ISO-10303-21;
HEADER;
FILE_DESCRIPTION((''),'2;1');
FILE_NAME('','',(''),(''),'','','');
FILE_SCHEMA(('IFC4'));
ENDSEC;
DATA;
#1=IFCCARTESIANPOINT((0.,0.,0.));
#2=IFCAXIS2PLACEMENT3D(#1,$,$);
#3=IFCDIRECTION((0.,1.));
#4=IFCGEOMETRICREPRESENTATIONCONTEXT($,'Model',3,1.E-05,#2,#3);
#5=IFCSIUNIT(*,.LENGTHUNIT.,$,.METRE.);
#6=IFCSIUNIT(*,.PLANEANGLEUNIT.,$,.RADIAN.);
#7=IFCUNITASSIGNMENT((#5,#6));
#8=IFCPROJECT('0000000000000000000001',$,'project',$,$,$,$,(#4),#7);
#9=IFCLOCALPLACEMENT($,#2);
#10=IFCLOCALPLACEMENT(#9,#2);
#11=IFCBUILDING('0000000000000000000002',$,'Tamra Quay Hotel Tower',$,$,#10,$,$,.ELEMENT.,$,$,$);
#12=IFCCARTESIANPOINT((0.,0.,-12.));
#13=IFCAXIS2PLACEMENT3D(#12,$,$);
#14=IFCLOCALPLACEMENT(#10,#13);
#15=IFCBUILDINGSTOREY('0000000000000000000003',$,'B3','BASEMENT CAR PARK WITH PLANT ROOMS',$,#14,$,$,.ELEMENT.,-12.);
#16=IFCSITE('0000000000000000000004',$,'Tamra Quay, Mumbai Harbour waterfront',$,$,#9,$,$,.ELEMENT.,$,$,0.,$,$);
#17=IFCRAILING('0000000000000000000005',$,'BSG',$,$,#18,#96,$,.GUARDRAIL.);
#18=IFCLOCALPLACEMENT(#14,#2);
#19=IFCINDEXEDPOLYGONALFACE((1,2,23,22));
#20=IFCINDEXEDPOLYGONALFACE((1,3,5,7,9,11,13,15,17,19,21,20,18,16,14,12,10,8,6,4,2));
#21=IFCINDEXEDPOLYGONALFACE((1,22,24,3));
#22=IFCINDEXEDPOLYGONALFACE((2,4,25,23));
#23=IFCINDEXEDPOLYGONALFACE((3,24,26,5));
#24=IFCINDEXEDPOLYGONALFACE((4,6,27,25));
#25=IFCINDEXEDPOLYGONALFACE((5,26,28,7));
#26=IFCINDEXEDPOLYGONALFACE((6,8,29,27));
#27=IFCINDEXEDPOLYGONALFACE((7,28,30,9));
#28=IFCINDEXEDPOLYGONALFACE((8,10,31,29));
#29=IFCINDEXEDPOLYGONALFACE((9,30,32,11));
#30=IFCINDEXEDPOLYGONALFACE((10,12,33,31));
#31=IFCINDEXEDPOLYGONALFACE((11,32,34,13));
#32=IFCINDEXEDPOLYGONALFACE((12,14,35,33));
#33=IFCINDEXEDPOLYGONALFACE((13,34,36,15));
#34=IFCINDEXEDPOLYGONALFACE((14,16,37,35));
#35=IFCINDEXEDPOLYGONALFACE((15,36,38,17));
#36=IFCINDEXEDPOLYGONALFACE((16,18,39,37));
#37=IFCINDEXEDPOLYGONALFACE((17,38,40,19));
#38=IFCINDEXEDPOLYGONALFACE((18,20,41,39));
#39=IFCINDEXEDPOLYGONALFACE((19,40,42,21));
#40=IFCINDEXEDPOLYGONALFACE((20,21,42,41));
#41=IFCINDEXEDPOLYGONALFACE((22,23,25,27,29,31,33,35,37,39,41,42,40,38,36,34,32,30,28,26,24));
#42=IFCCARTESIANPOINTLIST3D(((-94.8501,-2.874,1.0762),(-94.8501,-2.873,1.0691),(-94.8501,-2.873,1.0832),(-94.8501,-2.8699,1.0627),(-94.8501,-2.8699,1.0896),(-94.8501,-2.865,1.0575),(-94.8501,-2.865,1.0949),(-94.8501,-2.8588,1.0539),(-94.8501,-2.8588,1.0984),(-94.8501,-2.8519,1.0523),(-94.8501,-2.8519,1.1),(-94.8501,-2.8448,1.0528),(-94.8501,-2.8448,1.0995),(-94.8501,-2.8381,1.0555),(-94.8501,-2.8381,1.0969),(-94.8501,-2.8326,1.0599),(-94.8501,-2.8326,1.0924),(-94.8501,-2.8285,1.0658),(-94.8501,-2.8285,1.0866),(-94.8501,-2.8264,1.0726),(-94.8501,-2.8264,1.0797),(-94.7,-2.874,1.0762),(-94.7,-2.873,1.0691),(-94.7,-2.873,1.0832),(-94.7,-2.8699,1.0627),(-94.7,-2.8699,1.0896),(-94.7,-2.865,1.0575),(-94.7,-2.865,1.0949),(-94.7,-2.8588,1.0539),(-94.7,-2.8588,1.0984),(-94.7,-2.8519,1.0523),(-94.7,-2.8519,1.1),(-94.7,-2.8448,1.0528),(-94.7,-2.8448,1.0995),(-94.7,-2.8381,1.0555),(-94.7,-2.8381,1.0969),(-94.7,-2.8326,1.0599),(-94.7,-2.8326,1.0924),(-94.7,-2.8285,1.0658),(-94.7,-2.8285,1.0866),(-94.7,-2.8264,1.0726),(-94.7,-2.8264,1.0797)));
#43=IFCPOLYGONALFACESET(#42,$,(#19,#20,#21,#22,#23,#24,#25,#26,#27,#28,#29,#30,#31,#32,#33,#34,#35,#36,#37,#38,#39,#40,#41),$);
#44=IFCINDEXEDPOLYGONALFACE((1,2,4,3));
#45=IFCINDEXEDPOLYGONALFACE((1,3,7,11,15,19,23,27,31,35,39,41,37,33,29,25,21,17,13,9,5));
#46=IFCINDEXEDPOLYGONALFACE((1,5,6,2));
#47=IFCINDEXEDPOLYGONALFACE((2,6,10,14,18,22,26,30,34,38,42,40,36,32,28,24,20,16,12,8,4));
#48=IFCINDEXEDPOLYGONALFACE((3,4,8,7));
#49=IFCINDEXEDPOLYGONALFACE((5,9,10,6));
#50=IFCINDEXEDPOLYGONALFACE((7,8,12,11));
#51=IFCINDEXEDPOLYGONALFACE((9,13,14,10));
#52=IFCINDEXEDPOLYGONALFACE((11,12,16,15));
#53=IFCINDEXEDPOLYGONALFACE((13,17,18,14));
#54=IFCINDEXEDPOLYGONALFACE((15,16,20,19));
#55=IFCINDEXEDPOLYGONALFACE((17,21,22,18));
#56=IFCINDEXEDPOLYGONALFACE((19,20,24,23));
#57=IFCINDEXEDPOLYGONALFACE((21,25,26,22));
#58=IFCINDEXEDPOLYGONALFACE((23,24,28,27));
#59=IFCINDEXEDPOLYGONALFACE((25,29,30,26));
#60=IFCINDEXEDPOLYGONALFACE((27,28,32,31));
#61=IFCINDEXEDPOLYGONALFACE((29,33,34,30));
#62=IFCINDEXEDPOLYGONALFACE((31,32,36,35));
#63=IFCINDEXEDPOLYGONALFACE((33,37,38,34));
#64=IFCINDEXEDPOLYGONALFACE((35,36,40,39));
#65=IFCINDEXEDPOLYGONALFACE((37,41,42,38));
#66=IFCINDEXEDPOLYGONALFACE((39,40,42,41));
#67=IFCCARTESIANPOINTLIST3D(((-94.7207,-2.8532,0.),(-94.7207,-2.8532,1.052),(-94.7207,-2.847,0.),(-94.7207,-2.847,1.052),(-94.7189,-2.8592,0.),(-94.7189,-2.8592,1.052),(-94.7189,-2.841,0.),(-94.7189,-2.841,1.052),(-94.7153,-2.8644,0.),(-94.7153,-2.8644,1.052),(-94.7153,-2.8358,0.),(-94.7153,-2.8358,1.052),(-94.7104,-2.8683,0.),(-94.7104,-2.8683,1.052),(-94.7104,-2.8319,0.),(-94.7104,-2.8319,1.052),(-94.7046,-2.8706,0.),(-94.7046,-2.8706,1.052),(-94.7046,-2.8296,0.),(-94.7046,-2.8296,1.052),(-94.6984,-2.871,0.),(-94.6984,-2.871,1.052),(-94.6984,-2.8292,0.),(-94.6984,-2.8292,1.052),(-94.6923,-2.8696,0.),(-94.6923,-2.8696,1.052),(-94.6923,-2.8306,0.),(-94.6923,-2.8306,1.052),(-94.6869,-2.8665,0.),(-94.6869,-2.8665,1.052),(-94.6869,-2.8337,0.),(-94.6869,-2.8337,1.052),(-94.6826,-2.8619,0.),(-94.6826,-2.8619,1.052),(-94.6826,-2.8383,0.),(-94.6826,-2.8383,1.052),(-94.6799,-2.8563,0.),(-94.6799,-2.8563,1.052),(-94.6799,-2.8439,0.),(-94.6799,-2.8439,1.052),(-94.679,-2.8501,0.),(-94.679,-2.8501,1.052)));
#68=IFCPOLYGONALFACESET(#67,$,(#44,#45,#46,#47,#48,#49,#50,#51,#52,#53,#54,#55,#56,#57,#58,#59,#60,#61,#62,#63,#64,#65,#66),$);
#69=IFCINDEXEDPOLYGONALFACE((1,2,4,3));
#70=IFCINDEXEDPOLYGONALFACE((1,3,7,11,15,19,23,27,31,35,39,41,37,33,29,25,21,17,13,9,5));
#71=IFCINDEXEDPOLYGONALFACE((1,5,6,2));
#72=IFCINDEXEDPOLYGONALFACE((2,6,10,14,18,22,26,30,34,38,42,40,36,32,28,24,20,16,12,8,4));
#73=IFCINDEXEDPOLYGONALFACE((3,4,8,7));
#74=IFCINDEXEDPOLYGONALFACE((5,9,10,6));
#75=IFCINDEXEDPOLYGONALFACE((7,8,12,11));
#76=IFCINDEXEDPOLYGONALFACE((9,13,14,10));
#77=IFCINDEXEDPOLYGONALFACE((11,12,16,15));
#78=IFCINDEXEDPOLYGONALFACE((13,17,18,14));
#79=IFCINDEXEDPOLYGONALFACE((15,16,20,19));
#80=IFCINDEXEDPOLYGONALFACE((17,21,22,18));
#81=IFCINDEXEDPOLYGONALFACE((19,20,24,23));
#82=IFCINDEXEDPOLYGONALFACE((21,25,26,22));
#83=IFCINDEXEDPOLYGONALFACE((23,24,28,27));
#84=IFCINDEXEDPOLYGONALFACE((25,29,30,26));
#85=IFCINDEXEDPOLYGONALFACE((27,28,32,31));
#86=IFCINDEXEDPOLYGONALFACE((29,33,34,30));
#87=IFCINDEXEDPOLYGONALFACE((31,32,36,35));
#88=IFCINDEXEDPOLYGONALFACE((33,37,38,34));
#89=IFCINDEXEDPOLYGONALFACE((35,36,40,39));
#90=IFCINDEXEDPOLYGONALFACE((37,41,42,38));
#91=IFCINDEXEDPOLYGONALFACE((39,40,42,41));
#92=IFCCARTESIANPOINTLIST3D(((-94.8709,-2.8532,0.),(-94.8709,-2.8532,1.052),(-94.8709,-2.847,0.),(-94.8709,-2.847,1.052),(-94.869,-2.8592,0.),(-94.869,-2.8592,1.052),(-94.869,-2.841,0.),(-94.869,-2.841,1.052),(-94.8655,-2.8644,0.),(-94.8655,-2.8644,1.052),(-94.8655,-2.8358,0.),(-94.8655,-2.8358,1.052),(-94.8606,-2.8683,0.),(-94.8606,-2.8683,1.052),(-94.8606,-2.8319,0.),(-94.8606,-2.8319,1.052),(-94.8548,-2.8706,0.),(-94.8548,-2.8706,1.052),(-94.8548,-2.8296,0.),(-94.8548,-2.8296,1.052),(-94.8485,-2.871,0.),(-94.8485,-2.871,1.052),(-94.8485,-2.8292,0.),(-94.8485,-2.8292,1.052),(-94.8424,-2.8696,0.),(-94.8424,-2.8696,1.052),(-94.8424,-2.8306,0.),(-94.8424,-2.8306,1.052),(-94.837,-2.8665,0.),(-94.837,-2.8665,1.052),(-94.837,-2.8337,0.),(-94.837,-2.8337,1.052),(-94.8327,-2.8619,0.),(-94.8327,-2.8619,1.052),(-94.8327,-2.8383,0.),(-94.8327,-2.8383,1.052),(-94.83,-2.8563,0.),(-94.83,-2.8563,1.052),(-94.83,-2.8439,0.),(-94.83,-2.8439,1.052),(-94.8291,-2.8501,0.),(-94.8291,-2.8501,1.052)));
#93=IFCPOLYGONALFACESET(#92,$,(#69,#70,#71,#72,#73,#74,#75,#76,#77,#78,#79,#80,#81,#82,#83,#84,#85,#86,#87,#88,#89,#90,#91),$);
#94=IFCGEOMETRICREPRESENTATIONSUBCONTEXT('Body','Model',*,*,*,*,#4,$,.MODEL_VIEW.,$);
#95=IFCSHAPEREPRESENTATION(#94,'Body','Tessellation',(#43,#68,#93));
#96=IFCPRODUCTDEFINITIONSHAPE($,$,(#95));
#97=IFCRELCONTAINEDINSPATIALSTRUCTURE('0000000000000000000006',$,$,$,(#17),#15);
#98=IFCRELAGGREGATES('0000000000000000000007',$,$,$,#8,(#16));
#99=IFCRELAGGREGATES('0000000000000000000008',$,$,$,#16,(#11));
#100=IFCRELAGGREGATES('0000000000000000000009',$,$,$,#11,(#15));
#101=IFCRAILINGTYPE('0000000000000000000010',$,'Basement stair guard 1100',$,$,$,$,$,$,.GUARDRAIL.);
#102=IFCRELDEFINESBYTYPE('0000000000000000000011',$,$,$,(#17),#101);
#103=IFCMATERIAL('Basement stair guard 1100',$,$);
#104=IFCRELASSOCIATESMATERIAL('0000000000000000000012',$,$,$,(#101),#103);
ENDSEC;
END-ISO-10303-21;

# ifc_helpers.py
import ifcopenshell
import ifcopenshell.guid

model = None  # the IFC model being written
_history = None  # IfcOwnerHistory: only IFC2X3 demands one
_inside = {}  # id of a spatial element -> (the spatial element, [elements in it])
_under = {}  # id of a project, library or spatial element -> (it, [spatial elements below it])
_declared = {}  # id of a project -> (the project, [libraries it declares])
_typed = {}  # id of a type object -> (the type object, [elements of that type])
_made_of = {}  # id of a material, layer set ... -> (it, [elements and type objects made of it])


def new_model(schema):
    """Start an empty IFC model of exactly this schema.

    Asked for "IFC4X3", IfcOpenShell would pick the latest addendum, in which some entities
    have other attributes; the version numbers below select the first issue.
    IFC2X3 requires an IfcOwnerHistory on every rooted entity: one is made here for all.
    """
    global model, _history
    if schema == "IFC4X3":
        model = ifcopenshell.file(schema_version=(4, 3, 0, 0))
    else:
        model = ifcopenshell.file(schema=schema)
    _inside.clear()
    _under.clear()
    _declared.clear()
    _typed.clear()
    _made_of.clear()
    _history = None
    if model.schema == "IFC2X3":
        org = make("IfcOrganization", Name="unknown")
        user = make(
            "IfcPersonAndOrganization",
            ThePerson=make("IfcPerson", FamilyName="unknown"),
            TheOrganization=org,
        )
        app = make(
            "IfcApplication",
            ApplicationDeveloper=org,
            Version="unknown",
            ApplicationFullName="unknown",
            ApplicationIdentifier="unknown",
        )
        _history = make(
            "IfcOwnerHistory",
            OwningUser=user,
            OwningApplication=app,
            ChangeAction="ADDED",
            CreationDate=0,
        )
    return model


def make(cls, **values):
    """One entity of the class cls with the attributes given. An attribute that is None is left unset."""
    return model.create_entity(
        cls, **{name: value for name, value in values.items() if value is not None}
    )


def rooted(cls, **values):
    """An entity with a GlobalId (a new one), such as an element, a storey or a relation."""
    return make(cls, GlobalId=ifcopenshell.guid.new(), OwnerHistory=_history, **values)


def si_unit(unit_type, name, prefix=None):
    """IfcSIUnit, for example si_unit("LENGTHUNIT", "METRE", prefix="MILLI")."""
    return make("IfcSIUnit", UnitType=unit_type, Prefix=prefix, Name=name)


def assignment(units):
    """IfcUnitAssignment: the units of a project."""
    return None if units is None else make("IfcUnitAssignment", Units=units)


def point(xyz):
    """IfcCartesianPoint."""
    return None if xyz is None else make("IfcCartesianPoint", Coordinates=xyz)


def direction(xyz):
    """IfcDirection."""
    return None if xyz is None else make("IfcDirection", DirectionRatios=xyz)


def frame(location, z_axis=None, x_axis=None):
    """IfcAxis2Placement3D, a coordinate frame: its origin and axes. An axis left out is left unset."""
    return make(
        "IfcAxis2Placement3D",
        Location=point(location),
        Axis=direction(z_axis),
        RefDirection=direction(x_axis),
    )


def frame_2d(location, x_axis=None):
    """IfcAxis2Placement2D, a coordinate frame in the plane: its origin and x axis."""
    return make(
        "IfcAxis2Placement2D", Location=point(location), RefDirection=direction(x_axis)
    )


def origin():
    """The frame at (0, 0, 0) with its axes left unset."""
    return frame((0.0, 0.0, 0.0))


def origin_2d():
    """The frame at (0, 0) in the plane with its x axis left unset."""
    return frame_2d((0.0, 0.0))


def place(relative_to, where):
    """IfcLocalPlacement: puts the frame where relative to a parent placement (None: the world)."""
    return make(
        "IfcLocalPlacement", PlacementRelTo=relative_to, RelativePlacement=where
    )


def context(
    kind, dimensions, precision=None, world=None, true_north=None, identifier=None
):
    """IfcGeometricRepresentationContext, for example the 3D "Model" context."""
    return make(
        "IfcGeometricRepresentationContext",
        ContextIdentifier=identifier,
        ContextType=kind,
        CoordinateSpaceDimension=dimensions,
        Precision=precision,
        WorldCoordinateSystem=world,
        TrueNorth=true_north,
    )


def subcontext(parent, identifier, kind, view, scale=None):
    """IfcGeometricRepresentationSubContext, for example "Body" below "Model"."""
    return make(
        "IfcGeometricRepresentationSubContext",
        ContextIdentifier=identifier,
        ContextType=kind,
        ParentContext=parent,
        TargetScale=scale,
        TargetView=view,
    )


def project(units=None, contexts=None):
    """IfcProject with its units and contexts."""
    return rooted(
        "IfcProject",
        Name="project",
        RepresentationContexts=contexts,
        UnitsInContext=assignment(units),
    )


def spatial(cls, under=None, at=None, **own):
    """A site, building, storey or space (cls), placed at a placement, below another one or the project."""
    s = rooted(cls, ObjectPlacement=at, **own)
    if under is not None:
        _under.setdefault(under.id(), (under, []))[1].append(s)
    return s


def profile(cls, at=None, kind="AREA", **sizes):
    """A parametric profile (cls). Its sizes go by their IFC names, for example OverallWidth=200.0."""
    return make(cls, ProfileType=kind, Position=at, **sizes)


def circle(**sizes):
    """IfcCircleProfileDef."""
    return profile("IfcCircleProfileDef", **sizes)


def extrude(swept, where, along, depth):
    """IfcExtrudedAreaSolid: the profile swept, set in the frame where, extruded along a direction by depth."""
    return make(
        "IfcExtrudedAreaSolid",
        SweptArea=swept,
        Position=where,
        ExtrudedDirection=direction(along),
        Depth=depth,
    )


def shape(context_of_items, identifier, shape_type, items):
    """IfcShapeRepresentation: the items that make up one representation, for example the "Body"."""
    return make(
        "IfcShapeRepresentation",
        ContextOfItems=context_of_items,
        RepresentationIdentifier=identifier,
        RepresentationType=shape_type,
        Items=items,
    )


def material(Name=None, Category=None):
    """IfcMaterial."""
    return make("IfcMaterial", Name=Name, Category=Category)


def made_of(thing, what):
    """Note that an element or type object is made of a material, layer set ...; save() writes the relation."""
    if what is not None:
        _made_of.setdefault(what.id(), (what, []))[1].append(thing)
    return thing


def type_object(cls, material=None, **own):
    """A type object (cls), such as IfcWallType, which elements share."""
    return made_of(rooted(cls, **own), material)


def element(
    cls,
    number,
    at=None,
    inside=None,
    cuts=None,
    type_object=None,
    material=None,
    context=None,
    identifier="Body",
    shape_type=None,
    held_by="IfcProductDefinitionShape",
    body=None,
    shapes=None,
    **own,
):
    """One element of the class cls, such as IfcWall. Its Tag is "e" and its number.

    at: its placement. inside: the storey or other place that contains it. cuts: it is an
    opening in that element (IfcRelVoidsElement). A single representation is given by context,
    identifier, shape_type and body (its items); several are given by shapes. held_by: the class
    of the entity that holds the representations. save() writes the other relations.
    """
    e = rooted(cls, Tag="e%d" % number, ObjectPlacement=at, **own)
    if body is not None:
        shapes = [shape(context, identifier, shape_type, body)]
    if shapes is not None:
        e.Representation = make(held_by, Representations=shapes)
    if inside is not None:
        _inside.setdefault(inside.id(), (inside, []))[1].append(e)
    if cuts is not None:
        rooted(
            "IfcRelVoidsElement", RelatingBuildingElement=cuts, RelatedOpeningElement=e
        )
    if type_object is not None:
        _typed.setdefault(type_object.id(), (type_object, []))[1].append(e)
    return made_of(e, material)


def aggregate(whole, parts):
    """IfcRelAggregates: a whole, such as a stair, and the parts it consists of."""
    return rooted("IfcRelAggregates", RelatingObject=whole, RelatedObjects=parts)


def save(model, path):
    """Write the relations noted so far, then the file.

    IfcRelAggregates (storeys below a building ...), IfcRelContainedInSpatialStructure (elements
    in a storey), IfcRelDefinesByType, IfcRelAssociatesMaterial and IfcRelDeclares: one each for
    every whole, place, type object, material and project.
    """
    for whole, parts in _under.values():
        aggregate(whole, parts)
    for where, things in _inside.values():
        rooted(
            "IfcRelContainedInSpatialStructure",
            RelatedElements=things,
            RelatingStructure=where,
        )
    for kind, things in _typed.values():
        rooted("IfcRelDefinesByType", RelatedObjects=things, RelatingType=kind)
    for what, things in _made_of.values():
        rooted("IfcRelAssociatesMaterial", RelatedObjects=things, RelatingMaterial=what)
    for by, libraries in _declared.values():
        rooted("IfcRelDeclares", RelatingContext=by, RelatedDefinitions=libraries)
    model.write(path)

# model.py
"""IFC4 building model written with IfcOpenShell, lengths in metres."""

from ifc_helpers import new_model, si_unit, direction, frame, origin, origin_2d, place, context, subcontext, project, spatial, circle, extrude, material, type_object, element, save


model = new_model("IFC4")

# Units and contexts
model_context = context("Model", 3, precision=1e-05, world=origin(), true_north=direction((0.0, 1.0)))
body_context = subcontext(model_context, "Body", "Model", "MODEL_VIEW")
ifc_project = project(units=[si_unit("LENGTHUNIT", "METRE"), si_unit("PLANEANGLEUNIT", "RADIAN")], contexts=[model_context])

# Site, building, storey
site_placement = place(None, origin())
site = spatial("IfcSite", under=ifc_project, at=site_placement, Name="Tamra Quay, Mumbai Harbour waterfront", CompositionType="ELEMENT", RefElevation=0.0)
building_placement = place(site_placement, origin())
building = spatial("IfcBuilding", under=site, at=building_placement, Name="Tamra Quay Hotel Tower", CompositionType="ELEMENT")
storey_placement = place(building_placement, frame((0.0, 0.0, -12.0)))
storey = spatial("IfcBuildingStorey", under=building, at=storey_placement, Name="B3", Description="BASEMENT CAR PARK WITH PLANT ROOMS", CompositionType="ELEMENT", Elevation=-12.0)

# Railing
ifc_material_1 = material(Name="Basement stair guard 1100")
railing_type_1 = type_object("IfcRailingType", Name="Basement stair guard 1100", PredefinedType="GUARDRAIL", material=ifc_material_1)
railing_1_placement = place(storey_placement, frame((-94.7, -2.8501, 0.0)))
element("IfcRailing", 1, at=railing_1_placement, inside=storey, type_object=railing_type_1, Name="BSG", PredefinedType="GUARDRAIL", context=body_context, shape_type="SweptSolid", body=[
    extrude(circle(Radius=0.0239, at=origin_2d()), frame((0.0, 0.0, 1.0762), z_axis=(-1.0, 0.0, 0.0), x_axis=(0.0, -1.0, 0.0)), (0.0, 0.0, 1.0), 0.1501),
    extrude(circle(Radius=0.021, at=origin_2d()), origin(), (0.0, 0.0, 1.0), 1.052),
    extrude(circle(Radius=0.021, at=origin_2d()), frame((-0.1501, 0.0, 0.0)), (0.0, 0.0, 1.0), 1.052),
])

save(model, "model.ifc")
